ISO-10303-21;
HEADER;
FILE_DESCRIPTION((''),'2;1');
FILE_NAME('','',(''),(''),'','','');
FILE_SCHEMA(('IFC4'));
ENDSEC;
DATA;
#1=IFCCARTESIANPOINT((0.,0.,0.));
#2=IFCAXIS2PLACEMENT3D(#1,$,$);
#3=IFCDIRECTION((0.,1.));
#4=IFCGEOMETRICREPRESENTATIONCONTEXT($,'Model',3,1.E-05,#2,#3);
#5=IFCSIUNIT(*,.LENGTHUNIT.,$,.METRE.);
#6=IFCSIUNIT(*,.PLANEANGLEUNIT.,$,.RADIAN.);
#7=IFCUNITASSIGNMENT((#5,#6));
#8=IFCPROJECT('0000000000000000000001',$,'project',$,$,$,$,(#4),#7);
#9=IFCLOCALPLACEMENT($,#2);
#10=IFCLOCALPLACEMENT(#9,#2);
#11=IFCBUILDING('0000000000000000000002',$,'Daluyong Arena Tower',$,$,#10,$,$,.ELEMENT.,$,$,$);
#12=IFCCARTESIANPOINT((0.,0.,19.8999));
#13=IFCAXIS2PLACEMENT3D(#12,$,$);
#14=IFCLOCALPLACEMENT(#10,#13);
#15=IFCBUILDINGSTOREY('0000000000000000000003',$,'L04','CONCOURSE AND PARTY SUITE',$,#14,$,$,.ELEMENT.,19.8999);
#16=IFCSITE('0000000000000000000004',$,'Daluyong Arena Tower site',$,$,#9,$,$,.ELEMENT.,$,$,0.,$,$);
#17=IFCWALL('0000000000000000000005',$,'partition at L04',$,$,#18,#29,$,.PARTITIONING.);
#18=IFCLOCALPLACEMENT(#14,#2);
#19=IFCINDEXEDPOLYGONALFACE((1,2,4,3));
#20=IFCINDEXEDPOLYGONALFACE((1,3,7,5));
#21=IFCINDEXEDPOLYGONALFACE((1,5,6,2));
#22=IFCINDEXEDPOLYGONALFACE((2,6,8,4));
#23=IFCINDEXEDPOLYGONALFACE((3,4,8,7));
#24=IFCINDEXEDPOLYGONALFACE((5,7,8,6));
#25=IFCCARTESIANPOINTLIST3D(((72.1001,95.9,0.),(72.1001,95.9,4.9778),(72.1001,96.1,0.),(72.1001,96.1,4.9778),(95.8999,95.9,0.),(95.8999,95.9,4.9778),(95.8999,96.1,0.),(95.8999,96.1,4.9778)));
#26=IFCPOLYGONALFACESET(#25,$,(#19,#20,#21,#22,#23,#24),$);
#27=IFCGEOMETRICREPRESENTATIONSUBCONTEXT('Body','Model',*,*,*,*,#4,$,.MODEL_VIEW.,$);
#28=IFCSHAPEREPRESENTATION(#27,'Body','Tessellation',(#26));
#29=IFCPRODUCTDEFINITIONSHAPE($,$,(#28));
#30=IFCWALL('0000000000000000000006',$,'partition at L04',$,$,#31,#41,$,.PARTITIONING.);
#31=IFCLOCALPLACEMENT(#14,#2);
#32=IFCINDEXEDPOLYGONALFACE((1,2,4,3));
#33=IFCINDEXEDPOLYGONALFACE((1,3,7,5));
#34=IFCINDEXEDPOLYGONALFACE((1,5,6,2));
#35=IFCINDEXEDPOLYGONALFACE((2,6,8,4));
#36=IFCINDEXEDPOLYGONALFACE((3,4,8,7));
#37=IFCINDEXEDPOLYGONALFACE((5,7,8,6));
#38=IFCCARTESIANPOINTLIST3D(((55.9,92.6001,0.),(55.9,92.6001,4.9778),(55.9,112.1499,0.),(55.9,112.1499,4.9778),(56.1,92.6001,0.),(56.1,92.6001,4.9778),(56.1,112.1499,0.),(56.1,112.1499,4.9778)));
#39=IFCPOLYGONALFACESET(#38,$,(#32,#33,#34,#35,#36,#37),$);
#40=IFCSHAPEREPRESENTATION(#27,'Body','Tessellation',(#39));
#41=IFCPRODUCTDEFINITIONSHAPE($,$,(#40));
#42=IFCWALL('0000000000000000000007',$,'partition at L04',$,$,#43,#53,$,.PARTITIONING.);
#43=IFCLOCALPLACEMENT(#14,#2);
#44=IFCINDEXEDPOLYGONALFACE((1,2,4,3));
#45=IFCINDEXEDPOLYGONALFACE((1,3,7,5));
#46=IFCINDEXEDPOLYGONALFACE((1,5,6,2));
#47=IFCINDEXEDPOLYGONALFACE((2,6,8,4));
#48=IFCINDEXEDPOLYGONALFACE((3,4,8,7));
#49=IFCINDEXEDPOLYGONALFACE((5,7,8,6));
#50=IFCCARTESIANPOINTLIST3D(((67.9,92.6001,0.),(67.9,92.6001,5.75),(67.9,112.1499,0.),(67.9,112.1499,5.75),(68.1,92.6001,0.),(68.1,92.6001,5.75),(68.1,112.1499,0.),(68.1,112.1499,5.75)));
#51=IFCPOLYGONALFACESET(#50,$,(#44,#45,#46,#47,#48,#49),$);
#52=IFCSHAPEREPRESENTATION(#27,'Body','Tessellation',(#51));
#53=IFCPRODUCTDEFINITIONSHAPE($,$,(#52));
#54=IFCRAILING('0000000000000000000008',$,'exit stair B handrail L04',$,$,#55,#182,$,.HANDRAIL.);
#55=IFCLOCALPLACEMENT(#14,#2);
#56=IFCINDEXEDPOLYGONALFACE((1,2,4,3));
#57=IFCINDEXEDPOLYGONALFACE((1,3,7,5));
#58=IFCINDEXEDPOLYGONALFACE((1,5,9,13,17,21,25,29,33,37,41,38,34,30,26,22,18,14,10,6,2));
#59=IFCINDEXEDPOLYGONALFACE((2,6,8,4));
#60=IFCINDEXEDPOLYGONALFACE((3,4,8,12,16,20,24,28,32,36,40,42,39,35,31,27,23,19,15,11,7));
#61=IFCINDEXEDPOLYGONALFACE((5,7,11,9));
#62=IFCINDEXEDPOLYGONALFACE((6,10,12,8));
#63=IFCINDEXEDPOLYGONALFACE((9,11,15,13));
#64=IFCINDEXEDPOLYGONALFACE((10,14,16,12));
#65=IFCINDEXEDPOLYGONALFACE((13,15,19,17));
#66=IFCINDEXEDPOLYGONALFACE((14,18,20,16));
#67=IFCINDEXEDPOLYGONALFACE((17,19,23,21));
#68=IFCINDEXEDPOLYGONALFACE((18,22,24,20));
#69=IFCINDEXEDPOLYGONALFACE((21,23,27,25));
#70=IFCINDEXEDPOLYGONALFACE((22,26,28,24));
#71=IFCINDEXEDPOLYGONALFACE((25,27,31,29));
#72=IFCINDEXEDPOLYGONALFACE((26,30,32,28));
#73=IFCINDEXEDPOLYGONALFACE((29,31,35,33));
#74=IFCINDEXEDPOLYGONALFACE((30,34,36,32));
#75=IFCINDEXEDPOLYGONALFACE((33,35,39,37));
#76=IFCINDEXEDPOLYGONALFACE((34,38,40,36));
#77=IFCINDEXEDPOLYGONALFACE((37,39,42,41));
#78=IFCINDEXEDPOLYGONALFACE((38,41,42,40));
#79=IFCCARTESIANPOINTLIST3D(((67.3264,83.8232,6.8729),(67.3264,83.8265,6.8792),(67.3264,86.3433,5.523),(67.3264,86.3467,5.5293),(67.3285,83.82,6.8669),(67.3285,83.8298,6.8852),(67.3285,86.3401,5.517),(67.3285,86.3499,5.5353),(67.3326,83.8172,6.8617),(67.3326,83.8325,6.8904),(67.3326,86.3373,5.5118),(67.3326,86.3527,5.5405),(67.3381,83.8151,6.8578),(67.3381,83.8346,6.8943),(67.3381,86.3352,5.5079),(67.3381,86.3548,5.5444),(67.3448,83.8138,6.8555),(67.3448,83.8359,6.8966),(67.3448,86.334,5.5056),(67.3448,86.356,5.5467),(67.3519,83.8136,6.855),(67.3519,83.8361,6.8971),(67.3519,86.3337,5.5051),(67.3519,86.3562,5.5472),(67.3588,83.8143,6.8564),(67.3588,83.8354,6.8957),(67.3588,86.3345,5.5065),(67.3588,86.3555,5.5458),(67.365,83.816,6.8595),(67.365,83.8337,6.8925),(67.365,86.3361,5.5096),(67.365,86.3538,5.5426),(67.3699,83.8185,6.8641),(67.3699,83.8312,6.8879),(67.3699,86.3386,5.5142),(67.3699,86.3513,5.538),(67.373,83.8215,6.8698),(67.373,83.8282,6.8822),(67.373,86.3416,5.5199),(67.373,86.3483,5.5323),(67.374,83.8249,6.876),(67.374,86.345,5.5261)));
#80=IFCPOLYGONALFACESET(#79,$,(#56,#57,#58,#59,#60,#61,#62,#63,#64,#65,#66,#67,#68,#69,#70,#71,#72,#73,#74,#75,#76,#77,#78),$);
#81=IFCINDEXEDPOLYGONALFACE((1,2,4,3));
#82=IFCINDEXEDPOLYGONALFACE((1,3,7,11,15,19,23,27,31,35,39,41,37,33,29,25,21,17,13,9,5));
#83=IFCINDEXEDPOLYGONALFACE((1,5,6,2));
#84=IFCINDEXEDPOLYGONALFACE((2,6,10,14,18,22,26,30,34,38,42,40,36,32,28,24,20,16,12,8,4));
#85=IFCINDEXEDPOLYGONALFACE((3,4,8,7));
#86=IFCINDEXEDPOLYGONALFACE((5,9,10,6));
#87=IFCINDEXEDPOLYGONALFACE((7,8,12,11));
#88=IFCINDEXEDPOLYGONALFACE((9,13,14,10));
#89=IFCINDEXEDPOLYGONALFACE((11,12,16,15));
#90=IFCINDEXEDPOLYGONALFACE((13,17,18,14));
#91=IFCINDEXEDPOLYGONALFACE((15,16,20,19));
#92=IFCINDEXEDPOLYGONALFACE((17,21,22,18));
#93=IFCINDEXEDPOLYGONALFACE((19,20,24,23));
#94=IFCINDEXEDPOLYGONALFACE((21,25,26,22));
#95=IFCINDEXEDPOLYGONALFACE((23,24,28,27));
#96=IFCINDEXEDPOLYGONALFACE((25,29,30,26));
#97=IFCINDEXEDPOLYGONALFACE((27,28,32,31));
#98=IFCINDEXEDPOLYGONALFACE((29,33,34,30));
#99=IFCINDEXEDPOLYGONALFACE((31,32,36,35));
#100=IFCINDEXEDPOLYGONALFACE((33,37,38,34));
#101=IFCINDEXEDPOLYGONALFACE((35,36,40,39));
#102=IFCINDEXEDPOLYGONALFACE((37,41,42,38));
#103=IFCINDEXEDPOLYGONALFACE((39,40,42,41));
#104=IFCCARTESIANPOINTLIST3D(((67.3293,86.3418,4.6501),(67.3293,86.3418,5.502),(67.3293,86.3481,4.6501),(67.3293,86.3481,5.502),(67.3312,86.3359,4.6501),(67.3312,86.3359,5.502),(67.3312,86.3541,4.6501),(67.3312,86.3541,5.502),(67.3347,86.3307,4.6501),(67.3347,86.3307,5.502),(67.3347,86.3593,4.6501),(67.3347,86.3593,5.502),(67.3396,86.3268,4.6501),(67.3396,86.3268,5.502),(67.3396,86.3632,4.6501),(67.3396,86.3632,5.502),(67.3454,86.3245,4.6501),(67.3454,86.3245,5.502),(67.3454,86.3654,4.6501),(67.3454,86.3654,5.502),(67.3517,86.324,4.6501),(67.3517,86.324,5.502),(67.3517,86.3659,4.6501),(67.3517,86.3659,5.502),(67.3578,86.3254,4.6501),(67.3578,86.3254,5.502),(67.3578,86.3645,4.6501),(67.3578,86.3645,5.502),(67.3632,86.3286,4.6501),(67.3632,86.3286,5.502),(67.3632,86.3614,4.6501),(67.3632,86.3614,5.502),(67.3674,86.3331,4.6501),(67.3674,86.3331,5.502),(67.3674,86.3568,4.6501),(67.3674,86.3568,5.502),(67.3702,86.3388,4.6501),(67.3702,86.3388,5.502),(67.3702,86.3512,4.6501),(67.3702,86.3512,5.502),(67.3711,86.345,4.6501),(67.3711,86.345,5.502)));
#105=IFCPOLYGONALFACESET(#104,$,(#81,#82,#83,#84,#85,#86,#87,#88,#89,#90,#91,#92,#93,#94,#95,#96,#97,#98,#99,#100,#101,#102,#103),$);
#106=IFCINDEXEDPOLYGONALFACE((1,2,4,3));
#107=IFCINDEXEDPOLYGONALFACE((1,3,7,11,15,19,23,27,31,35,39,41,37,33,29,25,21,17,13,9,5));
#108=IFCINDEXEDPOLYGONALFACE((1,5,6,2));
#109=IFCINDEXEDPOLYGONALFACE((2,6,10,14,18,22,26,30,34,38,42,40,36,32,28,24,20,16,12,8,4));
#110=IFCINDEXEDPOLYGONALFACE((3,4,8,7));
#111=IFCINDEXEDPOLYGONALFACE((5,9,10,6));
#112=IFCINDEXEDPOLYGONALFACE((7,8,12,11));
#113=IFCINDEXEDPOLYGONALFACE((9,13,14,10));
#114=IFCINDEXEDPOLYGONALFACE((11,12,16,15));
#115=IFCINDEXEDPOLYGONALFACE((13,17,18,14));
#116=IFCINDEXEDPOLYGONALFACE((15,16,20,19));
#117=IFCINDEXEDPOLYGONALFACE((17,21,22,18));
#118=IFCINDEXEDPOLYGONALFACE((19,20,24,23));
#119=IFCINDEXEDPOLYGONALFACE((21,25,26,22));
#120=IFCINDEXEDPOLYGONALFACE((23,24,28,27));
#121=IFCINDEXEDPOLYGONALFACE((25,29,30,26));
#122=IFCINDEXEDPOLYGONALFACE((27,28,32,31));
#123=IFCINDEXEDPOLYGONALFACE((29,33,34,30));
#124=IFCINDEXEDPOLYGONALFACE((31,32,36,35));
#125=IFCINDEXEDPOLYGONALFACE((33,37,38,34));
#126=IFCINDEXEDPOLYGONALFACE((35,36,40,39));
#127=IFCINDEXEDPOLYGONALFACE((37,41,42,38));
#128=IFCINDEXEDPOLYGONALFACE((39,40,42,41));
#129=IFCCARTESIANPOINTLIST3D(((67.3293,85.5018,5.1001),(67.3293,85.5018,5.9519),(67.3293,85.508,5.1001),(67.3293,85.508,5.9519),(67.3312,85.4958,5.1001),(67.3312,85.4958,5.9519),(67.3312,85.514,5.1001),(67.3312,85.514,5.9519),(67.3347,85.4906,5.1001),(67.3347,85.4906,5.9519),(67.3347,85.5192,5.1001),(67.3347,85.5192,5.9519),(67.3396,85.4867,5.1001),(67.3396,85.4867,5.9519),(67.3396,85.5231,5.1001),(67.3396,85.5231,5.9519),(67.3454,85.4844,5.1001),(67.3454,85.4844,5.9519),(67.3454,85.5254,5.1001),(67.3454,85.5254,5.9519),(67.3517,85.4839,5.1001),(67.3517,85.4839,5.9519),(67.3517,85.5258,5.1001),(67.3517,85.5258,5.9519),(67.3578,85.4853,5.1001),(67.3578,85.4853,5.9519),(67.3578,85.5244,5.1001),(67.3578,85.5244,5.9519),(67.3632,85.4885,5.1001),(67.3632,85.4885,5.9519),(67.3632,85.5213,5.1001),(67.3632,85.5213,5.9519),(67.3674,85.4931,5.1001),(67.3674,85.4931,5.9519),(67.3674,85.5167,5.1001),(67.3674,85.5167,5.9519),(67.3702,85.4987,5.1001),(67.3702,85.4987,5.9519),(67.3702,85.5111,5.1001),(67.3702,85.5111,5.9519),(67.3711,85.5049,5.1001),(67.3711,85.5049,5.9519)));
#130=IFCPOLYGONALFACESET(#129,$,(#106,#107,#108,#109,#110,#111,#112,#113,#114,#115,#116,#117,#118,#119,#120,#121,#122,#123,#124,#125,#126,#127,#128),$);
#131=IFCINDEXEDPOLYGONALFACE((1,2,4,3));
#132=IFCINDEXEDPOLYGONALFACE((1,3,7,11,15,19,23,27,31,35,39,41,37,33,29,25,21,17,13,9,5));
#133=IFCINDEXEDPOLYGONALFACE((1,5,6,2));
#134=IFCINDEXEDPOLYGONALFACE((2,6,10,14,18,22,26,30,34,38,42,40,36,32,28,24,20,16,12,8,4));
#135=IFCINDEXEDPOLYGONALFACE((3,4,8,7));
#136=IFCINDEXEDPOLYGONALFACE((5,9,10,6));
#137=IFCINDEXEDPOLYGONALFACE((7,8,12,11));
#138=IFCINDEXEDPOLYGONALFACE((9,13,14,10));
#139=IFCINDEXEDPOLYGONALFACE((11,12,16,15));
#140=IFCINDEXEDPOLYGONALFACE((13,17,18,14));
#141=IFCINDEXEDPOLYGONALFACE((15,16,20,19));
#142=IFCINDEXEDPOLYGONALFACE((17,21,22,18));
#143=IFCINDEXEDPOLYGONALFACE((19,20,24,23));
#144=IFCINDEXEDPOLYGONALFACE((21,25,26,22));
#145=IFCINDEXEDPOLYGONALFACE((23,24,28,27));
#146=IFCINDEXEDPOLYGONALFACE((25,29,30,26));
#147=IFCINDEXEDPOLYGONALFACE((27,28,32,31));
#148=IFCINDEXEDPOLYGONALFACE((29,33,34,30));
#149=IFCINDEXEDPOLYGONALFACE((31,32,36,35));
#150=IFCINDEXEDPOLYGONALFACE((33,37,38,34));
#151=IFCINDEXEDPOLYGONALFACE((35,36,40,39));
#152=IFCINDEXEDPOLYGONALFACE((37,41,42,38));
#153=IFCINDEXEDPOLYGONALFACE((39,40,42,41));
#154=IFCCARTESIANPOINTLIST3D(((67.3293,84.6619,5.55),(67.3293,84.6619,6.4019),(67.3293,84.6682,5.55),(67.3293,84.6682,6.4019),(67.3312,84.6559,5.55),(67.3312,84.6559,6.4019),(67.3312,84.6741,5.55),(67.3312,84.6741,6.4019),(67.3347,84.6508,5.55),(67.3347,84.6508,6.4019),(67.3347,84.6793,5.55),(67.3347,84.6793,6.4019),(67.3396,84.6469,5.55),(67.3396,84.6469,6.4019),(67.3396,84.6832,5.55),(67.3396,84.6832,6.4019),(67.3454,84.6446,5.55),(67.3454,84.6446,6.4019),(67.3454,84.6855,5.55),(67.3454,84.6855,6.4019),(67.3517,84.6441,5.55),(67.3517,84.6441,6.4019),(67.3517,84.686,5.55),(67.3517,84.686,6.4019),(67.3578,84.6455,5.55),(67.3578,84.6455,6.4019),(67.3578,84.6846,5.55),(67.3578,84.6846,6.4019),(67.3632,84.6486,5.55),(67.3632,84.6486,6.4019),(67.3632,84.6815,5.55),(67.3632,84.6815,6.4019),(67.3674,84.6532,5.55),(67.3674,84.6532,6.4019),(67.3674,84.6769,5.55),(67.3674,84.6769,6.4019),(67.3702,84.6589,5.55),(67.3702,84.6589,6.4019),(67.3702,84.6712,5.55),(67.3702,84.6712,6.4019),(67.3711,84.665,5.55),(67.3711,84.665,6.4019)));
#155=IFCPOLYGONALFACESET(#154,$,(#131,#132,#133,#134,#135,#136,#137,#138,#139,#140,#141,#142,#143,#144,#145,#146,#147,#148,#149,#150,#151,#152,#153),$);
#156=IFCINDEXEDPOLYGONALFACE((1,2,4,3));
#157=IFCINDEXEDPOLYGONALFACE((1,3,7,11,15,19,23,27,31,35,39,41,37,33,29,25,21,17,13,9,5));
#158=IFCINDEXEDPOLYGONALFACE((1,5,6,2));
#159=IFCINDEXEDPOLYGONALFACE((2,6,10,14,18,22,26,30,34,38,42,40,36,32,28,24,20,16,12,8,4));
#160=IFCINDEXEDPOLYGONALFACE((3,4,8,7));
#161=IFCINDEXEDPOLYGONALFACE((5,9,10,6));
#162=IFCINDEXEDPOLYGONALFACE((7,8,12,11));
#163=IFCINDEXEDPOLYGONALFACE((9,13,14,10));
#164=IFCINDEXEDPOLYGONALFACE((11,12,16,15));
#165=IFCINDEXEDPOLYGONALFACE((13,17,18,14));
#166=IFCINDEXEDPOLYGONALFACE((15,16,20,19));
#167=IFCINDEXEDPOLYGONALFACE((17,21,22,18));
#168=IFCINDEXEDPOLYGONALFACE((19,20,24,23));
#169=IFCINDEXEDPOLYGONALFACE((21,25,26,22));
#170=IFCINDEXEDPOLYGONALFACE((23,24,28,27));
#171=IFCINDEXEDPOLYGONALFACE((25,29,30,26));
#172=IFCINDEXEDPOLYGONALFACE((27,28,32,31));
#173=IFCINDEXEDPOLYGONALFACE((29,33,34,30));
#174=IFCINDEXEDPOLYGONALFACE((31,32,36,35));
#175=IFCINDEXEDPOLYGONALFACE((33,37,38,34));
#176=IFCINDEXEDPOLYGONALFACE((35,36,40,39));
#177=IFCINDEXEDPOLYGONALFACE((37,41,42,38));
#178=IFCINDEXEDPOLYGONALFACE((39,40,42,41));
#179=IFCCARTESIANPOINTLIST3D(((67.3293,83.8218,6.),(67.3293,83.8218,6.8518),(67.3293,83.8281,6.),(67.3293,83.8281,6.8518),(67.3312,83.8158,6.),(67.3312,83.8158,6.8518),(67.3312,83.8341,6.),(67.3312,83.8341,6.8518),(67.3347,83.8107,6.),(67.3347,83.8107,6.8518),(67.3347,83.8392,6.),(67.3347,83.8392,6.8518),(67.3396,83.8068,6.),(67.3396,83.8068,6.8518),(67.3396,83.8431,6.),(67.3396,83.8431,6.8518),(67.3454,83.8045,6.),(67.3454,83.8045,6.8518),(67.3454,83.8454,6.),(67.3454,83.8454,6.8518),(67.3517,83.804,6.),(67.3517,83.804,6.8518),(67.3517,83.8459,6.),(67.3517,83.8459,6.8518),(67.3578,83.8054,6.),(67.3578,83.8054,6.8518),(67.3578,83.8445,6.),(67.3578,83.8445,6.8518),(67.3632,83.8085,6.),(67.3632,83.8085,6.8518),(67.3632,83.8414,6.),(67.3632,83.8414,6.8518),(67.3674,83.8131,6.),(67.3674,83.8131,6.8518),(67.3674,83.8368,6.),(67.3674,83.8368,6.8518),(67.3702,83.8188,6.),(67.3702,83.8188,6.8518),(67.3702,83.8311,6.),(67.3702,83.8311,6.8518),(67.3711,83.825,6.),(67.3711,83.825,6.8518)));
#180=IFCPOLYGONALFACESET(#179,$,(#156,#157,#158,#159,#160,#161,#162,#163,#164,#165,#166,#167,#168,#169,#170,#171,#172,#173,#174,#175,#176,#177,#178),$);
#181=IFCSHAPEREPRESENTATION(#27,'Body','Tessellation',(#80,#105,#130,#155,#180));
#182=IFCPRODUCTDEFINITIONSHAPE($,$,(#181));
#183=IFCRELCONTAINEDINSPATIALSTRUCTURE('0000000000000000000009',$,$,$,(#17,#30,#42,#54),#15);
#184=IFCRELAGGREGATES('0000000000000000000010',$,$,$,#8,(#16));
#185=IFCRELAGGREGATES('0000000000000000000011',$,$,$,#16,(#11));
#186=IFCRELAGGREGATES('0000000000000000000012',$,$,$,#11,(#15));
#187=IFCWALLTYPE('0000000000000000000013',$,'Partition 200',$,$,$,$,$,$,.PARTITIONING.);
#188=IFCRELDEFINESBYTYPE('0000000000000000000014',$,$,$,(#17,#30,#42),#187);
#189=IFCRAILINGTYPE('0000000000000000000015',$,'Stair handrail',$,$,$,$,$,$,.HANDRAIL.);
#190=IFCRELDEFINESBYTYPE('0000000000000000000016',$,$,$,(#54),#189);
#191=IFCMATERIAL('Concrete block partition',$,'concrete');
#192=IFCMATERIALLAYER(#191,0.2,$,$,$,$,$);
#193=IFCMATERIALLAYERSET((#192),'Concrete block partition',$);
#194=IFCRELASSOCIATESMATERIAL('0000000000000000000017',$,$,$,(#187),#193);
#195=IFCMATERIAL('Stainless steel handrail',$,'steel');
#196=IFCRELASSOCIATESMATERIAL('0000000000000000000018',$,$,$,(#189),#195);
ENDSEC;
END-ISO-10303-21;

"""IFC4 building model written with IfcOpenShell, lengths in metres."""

from ifc_helpers import new_model, si_unit, direction, frame, frame_2d, origin, origin_2d, place, context, subcontext, project, spatial, rectangle, circle, extrude, material, layer, layer_set, type_object, element, save


model = new_model("IFC4")

# Units and contexts
model_context = context("Model", 3, precision=1e-05, world=origin(), true_north=direction((0.0, 1.0)))
body_context = subcontext(model_context, "Body", "Model", "MODEL_VIEW")
ifc_project = project(units=[si_unit("LENGTHUNIT", "METRE"), si_unit("PLANEANGLEUNIT", "RADIAN")], contexts=[model_context])

# Site, building, storey
site_placement = place(None, origin())
site = spatial("IfcSite", under=ifc_project, at=site_placement, Name="Daluyong Arena Tower site", CompositionType="ELEMENT", RefElevation=0.0)
building_placement = place(site_placement, origin())
building = spatial("IfcBuilding", under=site, at=building_placement, Name="Daluyong Arena Tower", CompositionType="ELEMENT")
storey_placement = place(building_placement, frame((0.0, 0.0, 19.8999)))
storey = spatial("IfcBuildingStorey", under=building, at=storey_placement, Name="L04", Description="CONCOURSE AND PARTY SUITE", CompositionType="ELEMENT", Elevation=19.8999)

# Walls
ifc_material_1 = material(Name="Concrete block partition", Category="concrete")
ifc_layer = layer(ifc_material_1, 0.2)
ifc_layer_set = layer_set([ifc_layer], Name="Concrete block partition")
wall_type = type_object("IfcWallType", Name="Partition 200", PredefinedType="PARTITIONING", material=ifc_layer_set)
wall_1_placement = place(storey_placement, frame((72.1001, 96.0, 0.0), z_axis=(0.0, 0.0, 1.0), x_axis=(1.0, 0.0, 0.0)))
element("IfcWall", 1, at=wall_1_placement, inside=storey, type_object=wall_type, Name="partition at L04", PredefinedType="PARTITIONING", context=body_context, shape_type="SweptSolid", body=[
    extrude(rectangle(XDim=23.7998, YDim=0.2, at=frame_2d((11.8999, 0.0))), origin(), (0.0, 0.0, 1.0), 4.9778),
])
wall_2_placement = place(storey_placement, frame((56.0, 92.6001, 0.0), z_axis=(0.0, 0.0, 1.0), x_axis=(0.0, 1.0, 0.0)))
element("IfcWall", 2, at=wall_2_placement, inside=storey, type_object=wall_type, Name="partition at L04", PredefinedType="PARTITIONING", context=body_context, shape_type="SweptSolid", body=[
    extrude(rectangle(XDim=19.5498, YDim=0.2, at=frame_2d((9.7749, 0.0))), origin(), (0.0, 0.0, 1.0), 4.9778),
])
wall_3_placement = place(storey_placement, frame((68.0, 92.6001, 0.0), z_axis=(0.0, 0.0, 1.0), x_axis=(0.0, 1.0, 0.0)))
element("IfcWall", 3, at=wall_3_placement, inside=storey, type_object=wall_type, Name="partition at L04", PredefinedType="PARTITIONING", context=body_context, shape_type="SweptSolid", body=[
    extrude(rectangle(XDim=19.5498, YDim=0.2, at=frame_2d((9.7749, 0.0))), origin(), (0.0, 0.0, 1.0), 5.75),
])

# Railing
ifc_material_2 = material(Name="Stainless steel handrail", Category="steel")
railing_type_1 = type_object("IfcRailingType", Name="Stair handrail", PredefinedType="HANDRAIL", material=ifc_material_2)
railing_1_placement = place(storey_placement, frame((67.3501, 86.345, 4.6501)))
element("IfcRailing", 4, at=railing_1_placement, inside=storey, type_object=railing_type_1, Name="exit stair B handrail L04", PredefinedType="HANDRAIL", context=body_context, shape_type="SweptSolid", body=[
    extrude(circle(Radius=0.0239, at=origin_2d()), frame((0.0, 0.0, 0.876), z_axis=(0.0, -0.881503, 0.472179), x_axis=(1.0, 0.0, 0.0)), (0.0, 0.0, 1.0), 2.8589),
    extrude(circle(Radius=0.021, at=origin_2d()), origin(), (0.0, 0.0, 1.0), 0.8518),
    extrude(circle(Radius=0.021, at=origin_2d()), frame((0.0, -0.8401, 0.45)), (0.0, 0.0, 1.0), 0.8518),
    extrude(circle(Radius=0.021, at=origin_2d()), frame((0.0, -1.6799, 0.8999)), (0.0, 0.0, 1.0), 0.8518),
    extrude(circle(Radius=0.021, at=origin_2d()), frame((0.0, -2.52, 1.3499)), (0.0, 0.0, 1.0), 0.8518),
])

save(model, "model.ifc")
